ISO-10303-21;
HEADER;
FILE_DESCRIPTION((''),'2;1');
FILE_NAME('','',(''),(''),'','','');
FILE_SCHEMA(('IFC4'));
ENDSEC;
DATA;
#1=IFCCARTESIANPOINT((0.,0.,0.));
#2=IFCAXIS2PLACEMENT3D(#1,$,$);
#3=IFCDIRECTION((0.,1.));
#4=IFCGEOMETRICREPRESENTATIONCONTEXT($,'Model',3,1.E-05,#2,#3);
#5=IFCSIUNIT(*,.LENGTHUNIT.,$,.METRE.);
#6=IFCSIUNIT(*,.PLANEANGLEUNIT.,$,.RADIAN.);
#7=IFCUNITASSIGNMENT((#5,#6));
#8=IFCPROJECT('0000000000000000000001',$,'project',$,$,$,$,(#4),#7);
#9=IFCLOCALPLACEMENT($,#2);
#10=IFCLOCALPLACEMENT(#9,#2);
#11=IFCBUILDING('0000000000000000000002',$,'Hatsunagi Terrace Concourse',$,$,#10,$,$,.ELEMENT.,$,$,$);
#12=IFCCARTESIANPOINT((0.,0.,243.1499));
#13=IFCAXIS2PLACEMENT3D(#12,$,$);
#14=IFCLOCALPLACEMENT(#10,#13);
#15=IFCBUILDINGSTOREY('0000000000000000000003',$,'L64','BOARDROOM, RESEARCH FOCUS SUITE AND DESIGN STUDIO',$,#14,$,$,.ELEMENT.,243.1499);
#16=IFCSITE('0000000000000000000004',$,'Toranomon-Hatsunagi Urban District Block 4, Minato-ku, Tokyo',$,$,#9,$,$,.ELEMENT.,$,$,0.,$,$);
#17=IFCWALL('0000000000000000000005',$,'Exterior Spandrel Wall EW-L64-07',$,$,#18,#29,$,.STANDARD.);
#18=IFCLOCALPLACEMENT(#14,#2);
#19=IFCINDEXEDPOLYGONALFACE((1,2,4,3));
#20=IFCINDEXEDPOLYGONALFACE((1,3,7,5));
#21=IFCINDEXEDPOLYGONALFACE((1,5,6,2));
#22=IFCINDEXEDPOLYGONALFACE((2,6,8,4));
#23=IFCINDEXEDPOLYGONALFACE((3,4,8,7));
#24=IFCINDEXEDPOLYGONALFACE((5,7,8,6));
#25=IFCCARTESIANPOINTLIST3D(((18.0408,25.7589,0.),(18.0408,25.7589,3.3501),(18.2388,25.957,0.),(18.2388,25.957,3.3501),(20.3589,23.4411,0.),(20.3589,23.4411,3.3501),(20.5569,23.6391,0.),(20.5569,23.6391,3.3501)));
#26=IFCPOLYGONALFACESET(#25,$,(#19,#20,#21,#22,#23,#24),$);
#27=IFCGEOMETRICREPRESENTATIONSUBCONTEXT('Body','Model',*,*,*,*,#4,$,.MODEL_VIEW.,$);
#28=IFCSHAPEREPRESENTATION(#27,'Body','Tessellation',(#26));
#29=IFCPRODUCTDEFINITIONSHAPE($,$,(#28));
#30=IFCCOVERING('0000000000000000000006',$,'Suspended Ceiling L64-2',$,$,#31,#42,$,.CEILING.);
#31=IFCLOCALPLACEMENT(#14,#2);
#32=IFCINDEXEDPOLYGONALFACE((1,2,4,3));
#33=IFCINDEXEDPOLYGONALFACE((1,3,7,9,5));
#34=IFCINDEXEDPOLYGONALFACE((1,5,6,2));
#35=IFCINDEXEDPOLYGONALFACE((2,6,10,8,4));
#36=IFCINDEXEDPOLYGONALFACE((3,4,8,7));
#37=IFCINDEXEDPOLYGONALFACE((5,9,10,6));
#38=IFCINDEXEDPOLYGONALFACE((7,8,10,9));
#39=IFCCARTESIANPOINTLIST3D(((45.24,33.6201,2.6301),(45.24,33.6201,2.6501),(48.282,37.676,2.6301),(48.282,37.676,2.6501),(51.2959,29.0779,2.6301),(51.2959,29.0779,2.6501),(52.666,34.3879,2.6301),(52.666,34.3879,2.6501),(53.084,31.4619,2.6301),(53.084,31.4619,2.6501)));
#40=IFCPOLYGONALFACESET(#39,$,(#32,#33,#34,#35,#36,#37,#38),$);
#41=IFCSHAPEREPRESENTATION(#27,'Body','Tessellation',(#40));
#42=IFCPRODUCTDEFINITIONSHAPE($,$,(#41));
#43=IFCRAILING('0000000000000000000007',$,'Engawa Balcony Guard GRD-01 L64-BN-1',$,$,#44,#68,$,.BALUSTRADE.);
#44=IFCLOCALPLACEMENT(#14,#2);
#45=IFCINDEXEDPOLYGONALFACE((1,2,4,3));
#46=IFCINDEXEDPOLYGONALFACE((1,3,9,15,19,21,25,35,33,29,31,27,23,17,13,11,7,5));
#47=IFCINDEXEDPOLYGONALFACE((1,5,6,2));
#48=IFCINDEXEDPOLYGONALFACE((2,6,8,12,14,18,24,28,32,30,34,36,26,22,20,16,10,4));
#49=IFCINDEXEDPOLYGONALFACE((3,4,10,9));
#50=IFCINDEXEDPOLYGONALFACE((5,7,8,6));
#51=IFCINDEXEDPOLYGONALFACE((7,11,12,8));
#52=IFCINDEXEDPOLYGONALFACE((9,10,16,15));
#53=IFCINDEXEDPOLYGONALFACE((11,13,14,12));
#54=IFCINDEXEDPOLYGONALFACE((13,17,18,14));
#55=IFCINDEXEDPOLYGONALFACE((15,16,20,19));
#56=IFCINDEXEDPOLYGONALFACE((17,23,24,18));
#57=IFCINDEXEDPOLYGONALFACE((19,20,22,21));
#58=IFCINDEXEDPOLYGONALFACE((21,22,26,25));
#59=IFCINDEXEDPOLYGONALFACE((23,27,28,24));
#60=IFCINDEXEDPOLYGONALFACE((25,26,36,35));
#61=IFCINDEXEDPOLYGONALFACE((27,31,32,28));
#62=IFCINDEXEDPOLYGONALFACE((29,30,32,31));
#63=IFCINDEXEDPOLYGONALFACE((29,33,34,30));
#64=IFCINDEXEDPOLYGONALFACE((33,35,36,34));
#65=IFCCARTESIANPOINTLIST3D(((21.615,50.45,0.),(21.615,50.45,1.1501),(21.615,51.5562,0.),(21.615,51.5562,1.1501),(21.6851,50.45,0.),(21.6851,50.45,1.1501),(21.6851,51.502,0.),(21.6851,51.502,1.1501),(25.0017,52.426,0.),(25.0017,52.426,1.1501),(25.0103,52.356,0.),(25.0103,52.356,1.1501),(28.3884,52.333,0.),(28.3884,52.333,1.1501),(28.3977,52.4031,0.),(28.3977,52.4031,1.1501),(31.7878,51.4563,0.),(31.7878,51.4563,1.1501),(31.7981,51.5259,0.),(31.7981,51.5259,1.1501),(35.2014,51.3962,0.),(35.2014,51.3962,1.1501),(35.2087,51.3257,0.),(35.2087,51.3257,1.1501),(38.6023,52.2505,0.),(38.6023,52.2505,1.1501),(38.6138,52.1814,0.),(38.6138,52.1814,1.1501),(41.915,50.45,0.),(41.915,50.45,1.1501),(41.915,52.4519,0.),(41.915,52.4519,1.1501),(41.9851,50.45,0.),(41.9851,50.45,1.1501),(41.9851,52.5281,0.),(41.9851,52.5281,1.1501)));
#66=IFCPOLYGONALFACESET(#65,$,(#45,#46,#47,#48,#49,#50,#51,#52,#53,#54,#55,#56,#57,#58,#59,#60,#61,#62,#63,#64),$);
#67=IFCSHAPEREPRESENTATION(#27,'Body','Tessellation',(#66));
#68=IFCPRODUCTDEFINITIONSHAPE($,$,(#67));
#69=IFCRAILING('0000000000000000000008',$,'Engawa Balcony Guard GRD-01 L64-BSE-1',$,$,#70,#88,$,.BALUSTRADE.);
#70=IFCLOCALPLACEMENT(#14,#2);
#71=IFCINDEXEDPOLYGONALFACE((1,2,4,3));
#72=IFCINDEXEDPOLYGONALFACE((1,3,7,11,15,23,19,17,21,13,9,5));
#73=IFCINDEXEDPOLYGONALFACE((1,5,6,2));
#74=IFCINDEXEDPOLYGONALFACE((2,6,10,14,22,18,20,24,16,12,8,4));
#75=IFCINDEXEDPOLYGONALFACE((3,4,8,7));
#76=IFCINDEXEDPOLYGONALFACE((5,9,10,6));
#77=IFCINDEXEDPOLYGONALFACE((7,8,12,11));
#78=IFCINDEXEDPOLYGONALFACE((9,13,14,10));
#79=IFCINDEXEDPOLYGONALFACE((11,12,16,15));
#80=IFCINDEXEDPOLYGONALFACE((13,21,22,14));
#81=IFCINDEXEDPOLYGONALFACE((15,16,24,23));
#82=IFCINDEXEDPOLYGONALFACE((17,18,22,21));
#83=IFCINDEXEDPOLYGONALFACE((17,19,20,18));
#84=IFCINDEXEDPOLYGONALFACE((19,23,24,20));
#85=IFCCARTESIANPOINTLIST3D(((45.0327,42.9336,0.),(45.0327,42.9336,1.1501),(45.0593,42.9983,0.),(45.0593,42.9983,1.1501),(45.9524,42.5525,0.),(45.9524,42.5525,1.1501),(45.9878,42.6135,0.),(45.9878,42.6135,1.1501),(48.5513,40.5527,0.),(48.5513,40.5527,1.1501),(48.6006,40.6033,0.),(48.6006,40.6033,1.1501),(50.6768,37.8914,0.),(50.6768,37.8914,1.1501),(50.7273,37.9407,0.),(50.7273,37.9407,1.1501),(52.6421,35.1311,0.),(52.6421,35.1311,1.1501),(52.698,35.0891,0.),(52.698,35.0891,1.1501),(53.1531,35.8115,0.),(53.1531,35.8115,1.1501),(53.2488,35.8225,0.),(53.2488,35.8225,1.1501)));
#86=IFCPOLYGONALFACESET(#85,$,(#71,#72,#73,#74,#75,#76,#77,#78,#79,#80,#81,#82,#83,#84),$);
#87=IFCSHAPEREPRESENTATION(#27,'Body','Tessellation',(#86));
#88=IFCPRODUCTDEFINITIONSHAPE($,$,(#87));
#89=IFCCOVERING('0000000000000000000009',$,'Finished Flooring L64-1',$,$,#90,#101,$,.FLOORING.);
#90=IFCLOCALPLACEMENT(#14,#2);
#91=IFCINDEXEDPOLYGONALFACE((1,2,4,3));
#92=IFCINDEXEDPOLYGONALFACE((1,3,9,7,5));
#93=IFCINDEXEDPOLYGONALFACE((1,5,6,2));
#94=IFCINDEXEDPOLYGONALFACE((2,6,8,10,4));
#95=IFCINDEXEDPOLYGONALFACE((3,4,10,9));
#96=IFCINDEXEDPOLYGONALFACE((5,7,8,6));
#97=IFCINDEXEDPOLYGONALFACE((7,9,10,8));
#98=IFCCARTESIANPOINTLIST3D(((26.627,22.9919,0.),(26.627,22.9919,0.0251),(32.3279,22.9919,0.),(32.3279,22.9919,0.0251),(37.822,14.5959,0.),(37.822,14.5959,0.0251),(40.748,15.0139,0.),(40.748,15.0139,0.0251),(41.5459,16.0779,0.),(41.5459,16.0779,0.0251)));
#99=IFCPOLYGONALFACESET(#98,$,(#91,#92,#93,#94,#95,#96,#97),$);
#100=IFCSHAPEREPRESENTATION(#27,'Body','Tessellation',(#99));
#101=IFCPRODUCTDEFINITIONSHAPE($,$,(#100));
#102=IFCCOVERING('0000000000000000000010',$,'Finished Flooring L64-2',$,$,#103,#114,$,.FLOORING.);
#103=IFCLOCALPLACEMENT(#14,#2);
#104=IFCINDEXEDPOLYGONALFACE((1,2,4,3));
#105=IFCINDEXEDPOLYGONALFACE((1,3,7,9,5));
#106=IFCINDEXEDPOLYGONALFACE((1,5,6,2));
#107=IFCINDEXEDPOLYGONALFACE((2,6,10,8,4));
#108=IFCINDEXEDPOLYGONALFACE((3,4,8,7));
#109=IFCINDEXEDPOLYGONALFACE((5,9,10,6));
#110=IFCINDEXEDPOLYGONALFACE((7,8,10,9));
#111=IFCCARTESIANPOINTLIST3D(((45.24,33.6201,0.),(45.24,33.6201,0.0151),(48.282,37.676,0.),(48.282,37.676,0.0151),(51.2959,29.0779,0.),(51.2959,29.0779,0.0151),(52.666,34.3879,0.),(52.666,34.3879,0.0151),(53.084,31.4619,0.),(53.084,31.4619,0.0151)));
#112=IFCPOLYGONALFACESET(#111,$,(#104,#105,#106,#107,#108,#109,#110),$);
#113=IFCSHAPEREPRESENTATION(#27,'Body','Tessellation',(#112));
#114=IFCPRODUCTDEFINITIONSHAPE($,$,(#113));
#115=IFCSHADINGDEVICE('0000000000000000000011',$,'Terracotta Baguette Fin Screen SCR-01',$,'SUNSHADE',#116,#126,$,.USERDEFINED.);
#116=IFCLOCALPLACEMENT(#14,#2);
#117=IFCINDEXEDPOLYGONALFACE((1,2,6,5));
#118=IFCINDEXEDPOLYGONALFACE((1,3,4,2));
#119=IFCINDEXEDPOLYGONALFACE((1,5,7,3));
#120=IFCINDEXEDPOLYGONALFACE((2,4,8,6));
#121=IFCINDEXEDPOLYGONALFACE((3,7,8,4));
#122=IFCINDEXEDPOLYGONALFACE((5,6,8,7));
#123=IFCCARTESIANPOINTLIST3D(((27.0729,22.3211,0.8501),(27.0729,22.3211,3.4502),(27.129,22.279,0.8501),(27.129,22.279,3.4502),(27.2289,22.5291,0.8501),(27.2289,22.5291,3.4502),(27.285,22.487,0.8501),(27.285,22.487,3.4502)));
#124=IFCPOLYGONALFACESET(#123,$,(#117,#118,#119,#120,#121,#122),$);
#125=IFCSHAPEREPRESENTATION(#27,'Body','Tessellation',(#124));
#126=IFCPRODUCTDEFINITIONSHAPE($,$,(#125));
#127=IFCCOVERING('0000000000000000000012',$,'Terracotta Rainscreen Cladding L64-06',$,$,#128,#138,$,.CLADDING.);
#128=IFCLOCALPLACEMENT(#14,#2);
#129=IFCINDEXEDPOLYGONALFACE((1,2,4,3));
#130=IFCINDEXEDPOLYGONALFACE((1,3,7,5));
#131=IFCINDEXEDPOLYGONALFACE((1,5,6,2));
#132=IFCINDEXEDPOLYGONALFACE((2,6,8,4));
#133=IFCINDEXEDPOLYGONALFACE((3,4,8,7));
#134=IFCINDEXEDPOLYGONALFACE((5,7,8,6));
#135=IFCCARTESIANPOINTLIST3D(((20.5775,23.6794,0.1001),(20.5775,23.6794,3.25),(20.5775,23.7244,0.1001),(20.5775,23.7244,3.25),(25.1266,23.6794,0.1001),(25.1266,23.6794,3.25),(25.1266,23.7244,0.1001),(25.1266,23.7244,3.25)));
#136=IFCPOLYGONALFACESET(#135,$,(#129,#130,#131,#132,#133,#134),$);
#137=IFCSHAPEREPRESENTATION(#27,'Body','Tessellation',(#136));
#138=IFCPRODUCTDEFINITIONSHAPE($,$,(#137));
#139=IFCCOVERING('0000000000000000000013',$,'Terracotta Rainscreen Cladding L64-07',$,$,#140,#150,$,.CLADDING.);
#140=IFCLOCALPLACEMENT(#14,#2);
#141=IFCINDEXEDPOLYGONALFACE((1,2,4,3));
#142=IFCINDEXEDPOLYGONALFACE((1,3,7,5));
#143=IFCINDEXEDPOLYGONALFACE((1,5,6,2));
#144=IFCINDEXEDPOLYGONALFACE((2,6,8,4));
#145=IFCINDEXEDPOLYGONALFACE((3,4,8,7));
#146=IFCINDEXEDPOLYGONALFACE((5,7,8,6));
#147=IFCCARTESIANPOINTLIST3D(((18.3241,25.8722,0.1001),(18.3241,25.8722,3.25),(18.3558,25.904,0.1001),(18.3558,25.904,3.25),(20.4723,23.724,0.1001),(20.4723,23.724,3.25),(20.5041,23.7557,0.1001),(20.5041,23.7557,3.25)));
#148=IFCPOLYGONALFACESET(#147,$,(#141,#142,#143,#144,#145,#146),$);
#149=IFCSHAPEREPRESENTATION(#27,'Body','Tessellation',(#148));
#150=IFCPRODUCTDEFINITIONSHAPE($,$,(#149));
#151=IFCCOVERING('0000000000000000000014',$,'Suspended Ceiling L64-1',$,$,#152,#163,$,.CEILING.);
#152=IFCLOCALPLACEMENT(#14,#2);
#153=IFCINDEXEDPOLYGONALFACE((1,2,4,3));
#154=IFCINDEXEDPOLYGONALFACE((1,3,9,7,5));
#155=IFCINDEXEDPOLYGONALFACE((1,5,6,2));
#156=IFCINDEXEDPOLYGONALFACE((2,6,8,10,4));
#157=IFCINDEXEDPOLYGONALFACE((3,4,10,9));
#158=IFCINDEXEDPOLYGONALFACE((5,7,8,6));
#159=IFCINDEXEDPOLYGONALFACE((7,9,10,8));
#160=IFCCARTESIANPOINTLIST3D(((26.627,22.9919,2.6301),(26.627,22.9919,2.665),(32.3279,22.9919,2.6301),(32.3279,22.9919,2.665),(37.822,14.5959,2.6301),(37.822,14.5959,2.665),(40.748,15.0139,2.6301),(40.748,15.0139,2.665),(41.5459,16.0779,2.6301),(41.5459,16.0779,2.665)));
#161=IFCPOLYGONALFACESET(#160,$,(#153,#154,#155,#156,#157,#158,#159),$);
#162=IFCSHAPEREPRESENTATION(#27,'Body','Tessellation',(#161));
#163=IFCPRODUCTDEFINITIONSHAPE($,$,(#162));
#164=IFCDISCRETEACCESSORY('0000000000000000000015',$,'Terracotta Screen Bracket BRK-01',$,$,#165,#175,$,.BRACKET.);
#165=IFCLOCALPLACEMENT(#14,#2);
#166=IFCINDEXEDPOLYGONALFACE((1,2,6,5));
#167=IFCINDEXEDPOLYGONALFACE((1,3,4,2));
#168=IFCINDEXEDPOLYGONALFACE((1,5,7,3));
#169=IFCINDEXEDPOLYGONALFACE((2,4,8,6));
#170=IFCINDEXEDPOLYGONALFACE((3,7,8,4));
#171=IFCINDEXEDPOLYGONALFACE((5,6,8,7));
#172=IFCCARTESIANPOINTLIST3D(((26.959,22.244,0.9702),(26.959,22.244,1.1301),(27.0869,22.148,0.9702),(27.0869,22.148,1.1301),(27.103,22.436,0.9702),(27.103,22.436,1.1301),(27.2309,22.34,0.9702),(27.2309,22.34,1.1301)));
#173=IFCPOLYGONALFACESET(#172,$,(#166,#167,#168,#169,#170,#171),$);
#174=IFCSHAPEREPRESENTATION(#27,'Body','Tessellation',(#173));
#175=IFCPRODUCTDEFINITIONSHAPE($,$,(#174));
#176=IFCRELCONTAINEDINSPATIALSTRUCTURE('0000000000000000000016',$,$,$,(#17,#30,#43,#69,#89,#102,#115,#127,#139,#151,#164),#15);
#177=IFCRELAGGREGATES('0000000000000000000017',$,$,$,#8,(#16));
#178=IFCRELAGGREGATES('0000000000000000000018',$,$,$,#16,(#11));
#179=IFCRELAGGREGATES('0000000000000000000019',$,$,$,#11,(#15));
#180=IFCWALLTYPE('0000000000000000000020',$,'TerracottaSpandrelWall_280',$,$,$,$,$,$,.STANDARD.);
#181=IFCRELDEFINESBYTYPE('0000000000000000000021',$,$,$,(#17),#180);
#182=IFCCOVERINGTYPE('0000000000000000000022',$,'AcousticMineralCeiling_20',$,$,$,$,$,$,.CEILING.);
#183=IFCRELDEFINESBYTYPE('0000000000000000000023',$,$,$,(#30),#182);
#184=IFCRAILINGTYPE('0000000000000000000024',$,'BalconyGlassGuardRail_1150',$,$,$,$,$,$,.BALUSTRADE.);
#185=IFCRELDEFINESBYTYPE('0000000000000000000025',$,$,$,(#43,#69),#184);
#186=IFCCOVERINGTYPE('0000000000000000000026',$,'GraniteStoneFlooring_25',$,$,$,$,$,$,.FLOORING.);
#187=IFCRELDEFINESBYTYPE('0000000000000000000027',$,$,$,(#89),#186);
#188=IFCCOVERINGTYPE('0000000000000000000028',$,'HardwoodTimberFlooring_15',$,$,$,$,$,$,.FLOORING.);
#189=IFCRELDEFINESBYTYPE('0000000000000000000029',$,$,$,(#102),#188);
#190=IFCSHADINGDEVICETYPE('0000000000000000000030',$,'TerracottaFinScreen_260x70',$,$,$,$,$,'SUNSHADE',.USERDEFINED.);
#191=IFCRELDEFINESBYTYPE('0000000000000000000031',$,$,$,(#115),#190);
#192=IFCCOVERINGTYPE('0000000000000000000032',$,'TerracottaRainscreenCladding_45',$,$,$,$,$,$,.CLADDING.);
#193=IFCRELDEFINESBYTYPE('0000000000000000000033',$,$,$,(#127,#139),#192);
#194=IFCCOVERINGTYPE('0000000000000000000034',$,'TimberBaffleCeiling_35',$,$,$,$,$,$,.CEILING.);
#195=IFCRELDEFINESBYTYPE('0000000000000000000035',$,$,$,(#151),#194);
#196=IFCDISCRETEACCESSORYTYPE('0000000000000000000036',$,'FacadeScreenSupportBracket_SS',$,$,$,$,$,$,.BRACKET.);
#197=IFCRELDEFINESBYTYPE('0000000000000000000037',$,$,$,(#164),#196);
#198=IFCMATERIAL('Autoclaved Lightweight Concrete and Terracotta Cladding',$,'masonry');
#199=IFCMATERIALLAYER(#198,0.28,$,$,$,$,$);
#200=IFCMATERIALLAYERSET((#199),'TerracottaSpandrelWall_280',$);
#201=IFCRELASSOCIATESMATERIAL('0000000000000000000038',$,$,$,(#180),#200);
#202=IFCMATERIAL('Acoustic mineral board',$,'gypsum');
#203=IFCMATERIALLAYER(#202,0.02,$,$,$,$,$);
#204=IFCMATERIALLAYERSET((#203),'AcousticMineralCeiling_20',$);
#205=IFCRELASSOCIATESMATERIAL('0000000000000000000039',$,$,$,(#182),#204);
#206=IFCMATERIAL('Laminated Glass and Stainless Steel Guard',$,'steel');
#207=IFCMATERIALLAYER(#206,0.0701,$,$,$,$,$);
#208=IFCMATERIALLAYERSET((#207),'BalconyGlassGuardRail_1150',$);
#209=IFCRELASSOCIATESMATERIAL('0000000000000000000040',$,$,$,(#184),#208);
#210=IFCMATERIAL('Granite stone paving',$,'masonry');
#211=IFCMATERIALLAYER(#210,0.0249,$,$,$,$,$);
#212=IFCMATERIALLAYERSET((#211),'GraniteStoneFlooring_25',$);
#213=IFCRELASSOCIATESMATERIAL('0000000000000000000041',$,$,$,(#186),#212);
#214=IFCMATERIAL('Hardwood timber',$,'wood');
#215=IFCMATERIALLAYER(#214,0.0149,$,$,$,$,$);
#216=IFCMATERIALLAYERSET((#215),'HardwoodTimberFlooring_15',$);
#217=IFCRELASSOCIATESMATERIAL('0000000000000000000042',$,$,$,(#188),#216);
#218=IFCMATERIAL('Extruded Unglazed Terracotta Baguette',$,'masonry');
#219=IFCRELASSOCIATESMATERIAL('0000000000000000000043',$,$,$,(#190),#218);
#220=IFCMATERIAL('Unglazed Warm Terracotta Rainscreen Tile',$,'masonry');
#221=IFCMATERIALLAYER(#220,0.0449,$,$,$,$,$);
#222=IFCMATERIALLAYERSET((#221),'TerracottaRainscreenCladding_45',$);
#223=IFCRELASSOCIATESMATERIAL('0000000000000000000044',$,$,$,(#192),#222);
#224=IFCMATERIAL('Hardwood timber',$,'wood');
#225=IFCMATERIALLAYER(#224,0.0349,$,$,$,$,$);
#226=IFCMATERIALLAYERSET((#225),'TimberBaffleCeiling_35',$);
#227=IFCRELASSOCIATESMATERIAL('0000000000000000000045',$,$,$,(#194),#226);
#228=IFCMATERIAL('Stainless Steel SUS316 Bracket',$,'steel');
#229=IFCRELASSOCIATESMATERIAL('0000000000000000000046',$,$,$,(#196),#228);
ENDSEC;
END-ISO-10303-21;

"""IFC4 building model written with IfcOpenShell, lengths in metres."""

from ifc_helpers import new_model, si_unit, direction, frame, frame_2d, origin, origin_2d, place, context, subcontext, project, spatial, polyline, rectangle, outline, extrude, material, layer, layer_set, type_object, element, save


model = new_model("IFC4")

# Units and contexts
model_context = context("Model", 3, precision=1e-05, world=origin(), true_north=direction((0.0, 1.0)))
body_context = subcontext(model_context, "Body", "Model", "MODEL_VIEW")
ifc_project = project(units=[si_unit("LENGTHUNIT", "METRE"), si_unit("PLANEANGLEUNIT", "RADIAN")], contexts=[model_context])

# Site, building, storey
site_placement = place(None, origin())
site = spatial("IfcSite", under=ifc_project, at=site_placement, Name="Toranomon-Hatsunagi Urban District Block 4, Minato-ku, Tokyo", CompositionType="ELEMENT", RefElevation=0.0)
building_placement = place(site_placement, origin())
building = spatial("IfcBuilding", under=site, at=building_placement, Name="Hatsunagi Terrace Concourse", CompositionType="ELEMENT")
storey_placement = place(building_placement, frame((0.0, 0.0, 243.1499)))
storey = spatial("IfcBuildingStorey", under=building, at=storey_placement, Name="L64", Description="BOARDROOM, RESEARCH FOCUS SUITE AND DESIGN STUDIO", CompositionType="ELEMENT", Elevation=243.1499)

# Wall
ifc_material_1 = material(Name="Autoclaved Lightweight Concrete and Terracotta Cladding", Category="masonry")
ifc_layer_1 = layer(ifc_material_1, 0.28)
ifc_layer_set_1 = layer_set([ifc_layer_1], Name="TerracottaSpandrelWall_280")
wall_type_1 = type_object("IfcWallType", Name="TerracottaSpandrelWall_280", PredefinedType="STANDARD", material=ifc_layer_set_1)
wall_1_placement = place(storey_placement, frame((20.458, 23.54, 0.0), z_axis=(0.0, 0.0, 1.0), x_axis=(-0.707144, 0.70707, 0.0)))
element("IfcWall", 1, at=wall_1_placement, inside=storey, type_object=wall_type_1, Name="Exterior Spandrel Wall EW-L64-07", PredefinedType="STANDARD", context=body_context, shape_type="SweptSolid", body=[
    extrude(rectangle(XDim=3.2781, YDim=0.28, at=frame_2d((1.6392, 0.0))), origin(), (0.0, 0.0, 1.0), 3.3501),
])

# Covering
ifc_material_2 = material(Name="Acoustic mineral board", Category="gypsum")
ifc_layer_2 = layer(ifc_material_2, 0.02)
ifc_layer_set_2 = layer_set([ifc_layer_2], Name="AcousticMineralCeiling_20")
covering_type_1 = type_object("IfcCoveringType", Name="AcousticMineralCeiling_20", PredefinedType="CEILING", material=ifc_layer_set_2)
covering_1_placement = place(storey_placement, frame((0.0, 0.0, 2.6301)))
element("IfcCovering", 2, at=covering_1_placement, inside=storey, type_object=covering_type_1, Name="Suspended Ceiling L64-2", PredefinedType="CEILING", context=body_context, shape_type="SweptSolid", body=[
    extrude(outline(polyline([(52.666, 34.3879), (48.282, 37.676), (45.24, 33.6201), (51.2959, 29.0779), (53.084, 31.4619), (52.666, 34.3879)])), origin(), (0.0, 0.0, 1.0), 0.02),
])

# Railings
ifc_material_3 = material(Name="Laminated Glass and Stainless Steel Guard", Category="steel")
ifc_layer_3 = layer(ifc_material_3, 0.0701)
ifc_layer_set_3 = layer_set([ifc_layer_3], Name="BalconyGlassGuardRail_1150")
railing_type = type_object("IfcRailingType", Name="BalconyGlassGuardRail_1150", PredefinedType="BALUSTRADE", material=ifc_layer_set_3)
railing_1_placement = place(storey_placement, origin())
element("IfcRailing", 3, at=railing_1_placement, inside=storey, type_object=railing_type, Name="Engawa Balcony Guard GRD-01 L64-BN-1", PredefinedType="BALUSTRADE", context=body_context, shape_type="SweptSolid", body=[
    extrude(outline(polyline([(21.615, 50.45), (21.6851, 50.45), (21.6851, 51.502), (25.0103, 52.356), (28.3884, 52.333), (31.7878, 51.4563), (35.2087, 51.3257), (38.6138, 52.1814), (41.915, 52.4519), (41.915, 50.45), (41.9851, 50.45), (41.9851, 52.5281), (38.6023, 52.2505), (35.2014, 51.3962), (31.7981, 51.5259), (28.3977, 52.4031), (25.0017, 52.426), (21.615, 51.5562), (21.615, 50.45)])), origin(), (0.0, 0.0, 1.0), 1.1501),
])
railing_2_placement = place(storey_placement, origin())
element("IfcRailing", 4, at=railing_2_placement, inside=storey, type_object=railing_type, Name="Engawa Balcony Guard GRD-01 L64-BSE-1", PredefinedType="BALUSTRADE", context=body_context, shape_type="SweptSolid", body=[
    extrude(outline(polyline([(45.0593, 42.9983), (45.0327, 42.9336), (45.9524, 42.5525), (48.5513, 40.5527), (50.6768, 37.8914), (53.1531, 35.8115), (52.6421, 35.1311), (52.698, 35.0891), (53.2488, 35.8225), (50.7273, 37.9407), (48.6006, 40.6033), (45.9878, 42.6135), (45.0593, 42.9983)])), origin(), (0.0, 0.0, 1.0), 1.1501),
])

# Coverings
ifc_material_4 = material(Name="Granite stone paving", Category="masonry")
ifc_layer_4 = layer(ifc_material_4, 0.0249)
ifc_layer_set_4 = layer_set([ifc_layer_4], Name="GraniteStoneFlooring_25")
covering_type_2 = type_object("IfcCoveringType", Name="GraniteStoneFlooring_25", PredefinedType="FLOORING", material=ifc_layer_set_4)
covering_2_placement = place(storey_placement, origin())
element("IfcCovering", 5, at=covering_2_placement, inside=storey, type_object=covering_type_2, Name="Finished Flooring L64-1", PredefinedType="FLOORING", context=body_context, shape_type="SweptSolid", body=[
    extrude(outline(polyline([(26.627, 22.9919), (37.822, 14.5959), (40.748, 15.0139), (41.5459, 16.0779), (32.3279, 22.9919), (26.627, 22.9919)])), origin(), (0.0, 0.0, 1.0), 0.0251),
])
ifc_material_5 = material(Name="Hardwood timber", Category="wood")
ifc_layer_5 = layer(ifc_material_5, 0.0149)
ifc_layer_set_5 = layer_set([ifc_layer_5], Name="HardwoodTimberFlooring_15")
covering_type_3 = type_object("IfcCoveringType", Name="HardwoodTimberFlooring_15", PredefinedType="FLOORING", material=ifc_layer_set_5)
covering_3_placement = place(storey_placement, origin())
element("IfcCovering", 6, at=covering_3_placement, inside=storey, type_object=covering_type_3, Name="Finished Flooring L64-2", PredefinedType="FLOORING", context=body_context, shape_type="SweptSolid", body=[
    extrude(outline(polyline([(52.666, 34.3879), (48.282, 37.676), (45.24, 33.6201), (51.2959, 29.0779), (53.084, 31.4619), (52.666, 34.3879)])), origin(), (0.0, 0.0, 1.0), 0.0151),
])

# Shading device
ifc_material_6 = material(Name="Extruded Unglazed Terracotta Baguette", Category="masonry")
shading_device_type = type_object("IfcShadingDeviceType", Name="TerracottaFinScreen_260x70", ElementType="SUNSHADE", PredefinedType="USERDEFINED", material=ifc_material_6)
shading_device_placement = place(storey_placement, frame((27.179, 22.4041, 0.8501), z_axis=(0.0, 0.0, 1.0), x_axis=(-0.800007, 0.59999, 0.0)))
element("IfcShadingDevice", 7, at=shading_device_placement, inside=storey, type_object=shading_device_type, Name="Terracotta Baguette Fin Screen SCR-01", ObjectType="SUNSHADE", PredefinedType="USERDEFINED", context=body_context, shape_type="SweptSolid", body=[
    extrude(rectangle(XDim=0.0701, YDim=0.26, at=origin_2d()), origin(), (0.0, 0.0, 1.0), 2.6001),
])

# Coverings
ifc_material_7 = material(Name="Unglazed Warm Terracotta Rainscreen Tile", Category="masonry")
ifc_layer_6 = layer(ifc_material_7, 0.0449)
ifc_layer_set_6 = layer_set([ifc_layer_6], Name="TerracottaRainscreenCladding_45")
covering_type_4 = type_object("IfcCoveringType", Name="TerracottaRainscreenCladding_45", PredefinedType="CLADDING", material=ifc_layer_set_6)
covering_4_placement = place(storey_placement, frame((22.8521, 23.7019, 0.1001), z_axis=(0.0, 0.0, 1.0), x_axis=(-1.0, 0.0, 0.0)))
element("IfcCovering", 8, at=covering_4_placement, inside=storey, type_object=covering_type_4, Name="Terracotta Rainscreen Cladding L64-06", PredefinedType="CLADDING", context=body_context, shape_type="SweptSolid", body=[
    extrude(rectangle(XDim=4.5491, YDim=0.0449, at=origin_2d()), origin(), (0.0, 0.0, 1.0), 3.1499),
])
covering_5_placement = place(storey_placement, frame((19.4141, 24.814, 0.1001), z_axis=(0.0, 0.0, 1.0), x_axis=(-0.707107, 0.707107, 0.0)))
element("IfcCovering", 9, at=covering_5_placement, inside=storey, type_object=covering_type_4, Name="Terracotta Rainscreen Cladding L64-07", PredefinedType="CLADDING", context=body_context, shape_type="SweptSolid", body=[
    extrude(rectangle(XDim=3.0381, YDim=0.0449, at=origin_2d()), origin(), (0.0, 0.0, 1.0), 3.1499),
])
ifc_material_8 = material(Name="Hardwood timber", Category="wood")
ifc_layer_7 = layer(ifc_material_8, 0.0349)
ifc_layer_set_7 = layer_set([ifc_layer_7], Name="TimberBaffleCeiling_35")
covering_type_5 = type_object("IfcCoveringType", Name="TimberBaffleCeiling_35", PredefinedType="CEILING", material=ifc_layer_set_7)
covering_6_placement = place(storey_placement, frame((0.0, 0.0, 2.6301)))
element("IfcCovering", 10, at=covering_6_placement, inside=storey, type_object=covering_type_5, Name="Suspended Ceiling L64-1", PredefinedType="CEILING", context=body_context, shape_type="SweptSolid", body=[
    extrude(outline(polyline([(26.627, 22.9919), (37.822, 14.5959), (40.748, 15.0139), (41.5459, 16.0779), (32.3279, 22.9919), (26.627, 22.9919)])), origin(), (0.0, 0.0, 1.0), 0.0349),
])

# Discrete accessory
ifc_material_9 = material(Name="Stainless Steel SUS316 Bracket", Category="steel")
discrete_accessory_type = type_object("IfcDiscreteAccessoryType", Name="FacadeScreenSupportBracket_SS", PredefinedType="BRACKET", material=ifc_material_9)
discrete_accessory_placement = place(storey_placement, frame((27.095, 22.292, 0.9702), z_axis=(0.0, 0.0, 1.0), x_axis=(-0.800007, 0.59999, 0.0)))
element("IfcDiscreteAccessory", 11, at=discrete_accessory_placement, inside=storey, type_object=discrete_accessory_type, Name="Terracotta Screen Bracket BRK-01", PredefinedType="BRACKET", context=body_context, shape_type="SweptSolid", body=[
    extrude(rectangle(XDim=0.1599, YDim=0.24, at=origin_2d()), origin(), (0.0, 0.0, 1.0), 0.1599),
])

save(model, "model.ifc")
